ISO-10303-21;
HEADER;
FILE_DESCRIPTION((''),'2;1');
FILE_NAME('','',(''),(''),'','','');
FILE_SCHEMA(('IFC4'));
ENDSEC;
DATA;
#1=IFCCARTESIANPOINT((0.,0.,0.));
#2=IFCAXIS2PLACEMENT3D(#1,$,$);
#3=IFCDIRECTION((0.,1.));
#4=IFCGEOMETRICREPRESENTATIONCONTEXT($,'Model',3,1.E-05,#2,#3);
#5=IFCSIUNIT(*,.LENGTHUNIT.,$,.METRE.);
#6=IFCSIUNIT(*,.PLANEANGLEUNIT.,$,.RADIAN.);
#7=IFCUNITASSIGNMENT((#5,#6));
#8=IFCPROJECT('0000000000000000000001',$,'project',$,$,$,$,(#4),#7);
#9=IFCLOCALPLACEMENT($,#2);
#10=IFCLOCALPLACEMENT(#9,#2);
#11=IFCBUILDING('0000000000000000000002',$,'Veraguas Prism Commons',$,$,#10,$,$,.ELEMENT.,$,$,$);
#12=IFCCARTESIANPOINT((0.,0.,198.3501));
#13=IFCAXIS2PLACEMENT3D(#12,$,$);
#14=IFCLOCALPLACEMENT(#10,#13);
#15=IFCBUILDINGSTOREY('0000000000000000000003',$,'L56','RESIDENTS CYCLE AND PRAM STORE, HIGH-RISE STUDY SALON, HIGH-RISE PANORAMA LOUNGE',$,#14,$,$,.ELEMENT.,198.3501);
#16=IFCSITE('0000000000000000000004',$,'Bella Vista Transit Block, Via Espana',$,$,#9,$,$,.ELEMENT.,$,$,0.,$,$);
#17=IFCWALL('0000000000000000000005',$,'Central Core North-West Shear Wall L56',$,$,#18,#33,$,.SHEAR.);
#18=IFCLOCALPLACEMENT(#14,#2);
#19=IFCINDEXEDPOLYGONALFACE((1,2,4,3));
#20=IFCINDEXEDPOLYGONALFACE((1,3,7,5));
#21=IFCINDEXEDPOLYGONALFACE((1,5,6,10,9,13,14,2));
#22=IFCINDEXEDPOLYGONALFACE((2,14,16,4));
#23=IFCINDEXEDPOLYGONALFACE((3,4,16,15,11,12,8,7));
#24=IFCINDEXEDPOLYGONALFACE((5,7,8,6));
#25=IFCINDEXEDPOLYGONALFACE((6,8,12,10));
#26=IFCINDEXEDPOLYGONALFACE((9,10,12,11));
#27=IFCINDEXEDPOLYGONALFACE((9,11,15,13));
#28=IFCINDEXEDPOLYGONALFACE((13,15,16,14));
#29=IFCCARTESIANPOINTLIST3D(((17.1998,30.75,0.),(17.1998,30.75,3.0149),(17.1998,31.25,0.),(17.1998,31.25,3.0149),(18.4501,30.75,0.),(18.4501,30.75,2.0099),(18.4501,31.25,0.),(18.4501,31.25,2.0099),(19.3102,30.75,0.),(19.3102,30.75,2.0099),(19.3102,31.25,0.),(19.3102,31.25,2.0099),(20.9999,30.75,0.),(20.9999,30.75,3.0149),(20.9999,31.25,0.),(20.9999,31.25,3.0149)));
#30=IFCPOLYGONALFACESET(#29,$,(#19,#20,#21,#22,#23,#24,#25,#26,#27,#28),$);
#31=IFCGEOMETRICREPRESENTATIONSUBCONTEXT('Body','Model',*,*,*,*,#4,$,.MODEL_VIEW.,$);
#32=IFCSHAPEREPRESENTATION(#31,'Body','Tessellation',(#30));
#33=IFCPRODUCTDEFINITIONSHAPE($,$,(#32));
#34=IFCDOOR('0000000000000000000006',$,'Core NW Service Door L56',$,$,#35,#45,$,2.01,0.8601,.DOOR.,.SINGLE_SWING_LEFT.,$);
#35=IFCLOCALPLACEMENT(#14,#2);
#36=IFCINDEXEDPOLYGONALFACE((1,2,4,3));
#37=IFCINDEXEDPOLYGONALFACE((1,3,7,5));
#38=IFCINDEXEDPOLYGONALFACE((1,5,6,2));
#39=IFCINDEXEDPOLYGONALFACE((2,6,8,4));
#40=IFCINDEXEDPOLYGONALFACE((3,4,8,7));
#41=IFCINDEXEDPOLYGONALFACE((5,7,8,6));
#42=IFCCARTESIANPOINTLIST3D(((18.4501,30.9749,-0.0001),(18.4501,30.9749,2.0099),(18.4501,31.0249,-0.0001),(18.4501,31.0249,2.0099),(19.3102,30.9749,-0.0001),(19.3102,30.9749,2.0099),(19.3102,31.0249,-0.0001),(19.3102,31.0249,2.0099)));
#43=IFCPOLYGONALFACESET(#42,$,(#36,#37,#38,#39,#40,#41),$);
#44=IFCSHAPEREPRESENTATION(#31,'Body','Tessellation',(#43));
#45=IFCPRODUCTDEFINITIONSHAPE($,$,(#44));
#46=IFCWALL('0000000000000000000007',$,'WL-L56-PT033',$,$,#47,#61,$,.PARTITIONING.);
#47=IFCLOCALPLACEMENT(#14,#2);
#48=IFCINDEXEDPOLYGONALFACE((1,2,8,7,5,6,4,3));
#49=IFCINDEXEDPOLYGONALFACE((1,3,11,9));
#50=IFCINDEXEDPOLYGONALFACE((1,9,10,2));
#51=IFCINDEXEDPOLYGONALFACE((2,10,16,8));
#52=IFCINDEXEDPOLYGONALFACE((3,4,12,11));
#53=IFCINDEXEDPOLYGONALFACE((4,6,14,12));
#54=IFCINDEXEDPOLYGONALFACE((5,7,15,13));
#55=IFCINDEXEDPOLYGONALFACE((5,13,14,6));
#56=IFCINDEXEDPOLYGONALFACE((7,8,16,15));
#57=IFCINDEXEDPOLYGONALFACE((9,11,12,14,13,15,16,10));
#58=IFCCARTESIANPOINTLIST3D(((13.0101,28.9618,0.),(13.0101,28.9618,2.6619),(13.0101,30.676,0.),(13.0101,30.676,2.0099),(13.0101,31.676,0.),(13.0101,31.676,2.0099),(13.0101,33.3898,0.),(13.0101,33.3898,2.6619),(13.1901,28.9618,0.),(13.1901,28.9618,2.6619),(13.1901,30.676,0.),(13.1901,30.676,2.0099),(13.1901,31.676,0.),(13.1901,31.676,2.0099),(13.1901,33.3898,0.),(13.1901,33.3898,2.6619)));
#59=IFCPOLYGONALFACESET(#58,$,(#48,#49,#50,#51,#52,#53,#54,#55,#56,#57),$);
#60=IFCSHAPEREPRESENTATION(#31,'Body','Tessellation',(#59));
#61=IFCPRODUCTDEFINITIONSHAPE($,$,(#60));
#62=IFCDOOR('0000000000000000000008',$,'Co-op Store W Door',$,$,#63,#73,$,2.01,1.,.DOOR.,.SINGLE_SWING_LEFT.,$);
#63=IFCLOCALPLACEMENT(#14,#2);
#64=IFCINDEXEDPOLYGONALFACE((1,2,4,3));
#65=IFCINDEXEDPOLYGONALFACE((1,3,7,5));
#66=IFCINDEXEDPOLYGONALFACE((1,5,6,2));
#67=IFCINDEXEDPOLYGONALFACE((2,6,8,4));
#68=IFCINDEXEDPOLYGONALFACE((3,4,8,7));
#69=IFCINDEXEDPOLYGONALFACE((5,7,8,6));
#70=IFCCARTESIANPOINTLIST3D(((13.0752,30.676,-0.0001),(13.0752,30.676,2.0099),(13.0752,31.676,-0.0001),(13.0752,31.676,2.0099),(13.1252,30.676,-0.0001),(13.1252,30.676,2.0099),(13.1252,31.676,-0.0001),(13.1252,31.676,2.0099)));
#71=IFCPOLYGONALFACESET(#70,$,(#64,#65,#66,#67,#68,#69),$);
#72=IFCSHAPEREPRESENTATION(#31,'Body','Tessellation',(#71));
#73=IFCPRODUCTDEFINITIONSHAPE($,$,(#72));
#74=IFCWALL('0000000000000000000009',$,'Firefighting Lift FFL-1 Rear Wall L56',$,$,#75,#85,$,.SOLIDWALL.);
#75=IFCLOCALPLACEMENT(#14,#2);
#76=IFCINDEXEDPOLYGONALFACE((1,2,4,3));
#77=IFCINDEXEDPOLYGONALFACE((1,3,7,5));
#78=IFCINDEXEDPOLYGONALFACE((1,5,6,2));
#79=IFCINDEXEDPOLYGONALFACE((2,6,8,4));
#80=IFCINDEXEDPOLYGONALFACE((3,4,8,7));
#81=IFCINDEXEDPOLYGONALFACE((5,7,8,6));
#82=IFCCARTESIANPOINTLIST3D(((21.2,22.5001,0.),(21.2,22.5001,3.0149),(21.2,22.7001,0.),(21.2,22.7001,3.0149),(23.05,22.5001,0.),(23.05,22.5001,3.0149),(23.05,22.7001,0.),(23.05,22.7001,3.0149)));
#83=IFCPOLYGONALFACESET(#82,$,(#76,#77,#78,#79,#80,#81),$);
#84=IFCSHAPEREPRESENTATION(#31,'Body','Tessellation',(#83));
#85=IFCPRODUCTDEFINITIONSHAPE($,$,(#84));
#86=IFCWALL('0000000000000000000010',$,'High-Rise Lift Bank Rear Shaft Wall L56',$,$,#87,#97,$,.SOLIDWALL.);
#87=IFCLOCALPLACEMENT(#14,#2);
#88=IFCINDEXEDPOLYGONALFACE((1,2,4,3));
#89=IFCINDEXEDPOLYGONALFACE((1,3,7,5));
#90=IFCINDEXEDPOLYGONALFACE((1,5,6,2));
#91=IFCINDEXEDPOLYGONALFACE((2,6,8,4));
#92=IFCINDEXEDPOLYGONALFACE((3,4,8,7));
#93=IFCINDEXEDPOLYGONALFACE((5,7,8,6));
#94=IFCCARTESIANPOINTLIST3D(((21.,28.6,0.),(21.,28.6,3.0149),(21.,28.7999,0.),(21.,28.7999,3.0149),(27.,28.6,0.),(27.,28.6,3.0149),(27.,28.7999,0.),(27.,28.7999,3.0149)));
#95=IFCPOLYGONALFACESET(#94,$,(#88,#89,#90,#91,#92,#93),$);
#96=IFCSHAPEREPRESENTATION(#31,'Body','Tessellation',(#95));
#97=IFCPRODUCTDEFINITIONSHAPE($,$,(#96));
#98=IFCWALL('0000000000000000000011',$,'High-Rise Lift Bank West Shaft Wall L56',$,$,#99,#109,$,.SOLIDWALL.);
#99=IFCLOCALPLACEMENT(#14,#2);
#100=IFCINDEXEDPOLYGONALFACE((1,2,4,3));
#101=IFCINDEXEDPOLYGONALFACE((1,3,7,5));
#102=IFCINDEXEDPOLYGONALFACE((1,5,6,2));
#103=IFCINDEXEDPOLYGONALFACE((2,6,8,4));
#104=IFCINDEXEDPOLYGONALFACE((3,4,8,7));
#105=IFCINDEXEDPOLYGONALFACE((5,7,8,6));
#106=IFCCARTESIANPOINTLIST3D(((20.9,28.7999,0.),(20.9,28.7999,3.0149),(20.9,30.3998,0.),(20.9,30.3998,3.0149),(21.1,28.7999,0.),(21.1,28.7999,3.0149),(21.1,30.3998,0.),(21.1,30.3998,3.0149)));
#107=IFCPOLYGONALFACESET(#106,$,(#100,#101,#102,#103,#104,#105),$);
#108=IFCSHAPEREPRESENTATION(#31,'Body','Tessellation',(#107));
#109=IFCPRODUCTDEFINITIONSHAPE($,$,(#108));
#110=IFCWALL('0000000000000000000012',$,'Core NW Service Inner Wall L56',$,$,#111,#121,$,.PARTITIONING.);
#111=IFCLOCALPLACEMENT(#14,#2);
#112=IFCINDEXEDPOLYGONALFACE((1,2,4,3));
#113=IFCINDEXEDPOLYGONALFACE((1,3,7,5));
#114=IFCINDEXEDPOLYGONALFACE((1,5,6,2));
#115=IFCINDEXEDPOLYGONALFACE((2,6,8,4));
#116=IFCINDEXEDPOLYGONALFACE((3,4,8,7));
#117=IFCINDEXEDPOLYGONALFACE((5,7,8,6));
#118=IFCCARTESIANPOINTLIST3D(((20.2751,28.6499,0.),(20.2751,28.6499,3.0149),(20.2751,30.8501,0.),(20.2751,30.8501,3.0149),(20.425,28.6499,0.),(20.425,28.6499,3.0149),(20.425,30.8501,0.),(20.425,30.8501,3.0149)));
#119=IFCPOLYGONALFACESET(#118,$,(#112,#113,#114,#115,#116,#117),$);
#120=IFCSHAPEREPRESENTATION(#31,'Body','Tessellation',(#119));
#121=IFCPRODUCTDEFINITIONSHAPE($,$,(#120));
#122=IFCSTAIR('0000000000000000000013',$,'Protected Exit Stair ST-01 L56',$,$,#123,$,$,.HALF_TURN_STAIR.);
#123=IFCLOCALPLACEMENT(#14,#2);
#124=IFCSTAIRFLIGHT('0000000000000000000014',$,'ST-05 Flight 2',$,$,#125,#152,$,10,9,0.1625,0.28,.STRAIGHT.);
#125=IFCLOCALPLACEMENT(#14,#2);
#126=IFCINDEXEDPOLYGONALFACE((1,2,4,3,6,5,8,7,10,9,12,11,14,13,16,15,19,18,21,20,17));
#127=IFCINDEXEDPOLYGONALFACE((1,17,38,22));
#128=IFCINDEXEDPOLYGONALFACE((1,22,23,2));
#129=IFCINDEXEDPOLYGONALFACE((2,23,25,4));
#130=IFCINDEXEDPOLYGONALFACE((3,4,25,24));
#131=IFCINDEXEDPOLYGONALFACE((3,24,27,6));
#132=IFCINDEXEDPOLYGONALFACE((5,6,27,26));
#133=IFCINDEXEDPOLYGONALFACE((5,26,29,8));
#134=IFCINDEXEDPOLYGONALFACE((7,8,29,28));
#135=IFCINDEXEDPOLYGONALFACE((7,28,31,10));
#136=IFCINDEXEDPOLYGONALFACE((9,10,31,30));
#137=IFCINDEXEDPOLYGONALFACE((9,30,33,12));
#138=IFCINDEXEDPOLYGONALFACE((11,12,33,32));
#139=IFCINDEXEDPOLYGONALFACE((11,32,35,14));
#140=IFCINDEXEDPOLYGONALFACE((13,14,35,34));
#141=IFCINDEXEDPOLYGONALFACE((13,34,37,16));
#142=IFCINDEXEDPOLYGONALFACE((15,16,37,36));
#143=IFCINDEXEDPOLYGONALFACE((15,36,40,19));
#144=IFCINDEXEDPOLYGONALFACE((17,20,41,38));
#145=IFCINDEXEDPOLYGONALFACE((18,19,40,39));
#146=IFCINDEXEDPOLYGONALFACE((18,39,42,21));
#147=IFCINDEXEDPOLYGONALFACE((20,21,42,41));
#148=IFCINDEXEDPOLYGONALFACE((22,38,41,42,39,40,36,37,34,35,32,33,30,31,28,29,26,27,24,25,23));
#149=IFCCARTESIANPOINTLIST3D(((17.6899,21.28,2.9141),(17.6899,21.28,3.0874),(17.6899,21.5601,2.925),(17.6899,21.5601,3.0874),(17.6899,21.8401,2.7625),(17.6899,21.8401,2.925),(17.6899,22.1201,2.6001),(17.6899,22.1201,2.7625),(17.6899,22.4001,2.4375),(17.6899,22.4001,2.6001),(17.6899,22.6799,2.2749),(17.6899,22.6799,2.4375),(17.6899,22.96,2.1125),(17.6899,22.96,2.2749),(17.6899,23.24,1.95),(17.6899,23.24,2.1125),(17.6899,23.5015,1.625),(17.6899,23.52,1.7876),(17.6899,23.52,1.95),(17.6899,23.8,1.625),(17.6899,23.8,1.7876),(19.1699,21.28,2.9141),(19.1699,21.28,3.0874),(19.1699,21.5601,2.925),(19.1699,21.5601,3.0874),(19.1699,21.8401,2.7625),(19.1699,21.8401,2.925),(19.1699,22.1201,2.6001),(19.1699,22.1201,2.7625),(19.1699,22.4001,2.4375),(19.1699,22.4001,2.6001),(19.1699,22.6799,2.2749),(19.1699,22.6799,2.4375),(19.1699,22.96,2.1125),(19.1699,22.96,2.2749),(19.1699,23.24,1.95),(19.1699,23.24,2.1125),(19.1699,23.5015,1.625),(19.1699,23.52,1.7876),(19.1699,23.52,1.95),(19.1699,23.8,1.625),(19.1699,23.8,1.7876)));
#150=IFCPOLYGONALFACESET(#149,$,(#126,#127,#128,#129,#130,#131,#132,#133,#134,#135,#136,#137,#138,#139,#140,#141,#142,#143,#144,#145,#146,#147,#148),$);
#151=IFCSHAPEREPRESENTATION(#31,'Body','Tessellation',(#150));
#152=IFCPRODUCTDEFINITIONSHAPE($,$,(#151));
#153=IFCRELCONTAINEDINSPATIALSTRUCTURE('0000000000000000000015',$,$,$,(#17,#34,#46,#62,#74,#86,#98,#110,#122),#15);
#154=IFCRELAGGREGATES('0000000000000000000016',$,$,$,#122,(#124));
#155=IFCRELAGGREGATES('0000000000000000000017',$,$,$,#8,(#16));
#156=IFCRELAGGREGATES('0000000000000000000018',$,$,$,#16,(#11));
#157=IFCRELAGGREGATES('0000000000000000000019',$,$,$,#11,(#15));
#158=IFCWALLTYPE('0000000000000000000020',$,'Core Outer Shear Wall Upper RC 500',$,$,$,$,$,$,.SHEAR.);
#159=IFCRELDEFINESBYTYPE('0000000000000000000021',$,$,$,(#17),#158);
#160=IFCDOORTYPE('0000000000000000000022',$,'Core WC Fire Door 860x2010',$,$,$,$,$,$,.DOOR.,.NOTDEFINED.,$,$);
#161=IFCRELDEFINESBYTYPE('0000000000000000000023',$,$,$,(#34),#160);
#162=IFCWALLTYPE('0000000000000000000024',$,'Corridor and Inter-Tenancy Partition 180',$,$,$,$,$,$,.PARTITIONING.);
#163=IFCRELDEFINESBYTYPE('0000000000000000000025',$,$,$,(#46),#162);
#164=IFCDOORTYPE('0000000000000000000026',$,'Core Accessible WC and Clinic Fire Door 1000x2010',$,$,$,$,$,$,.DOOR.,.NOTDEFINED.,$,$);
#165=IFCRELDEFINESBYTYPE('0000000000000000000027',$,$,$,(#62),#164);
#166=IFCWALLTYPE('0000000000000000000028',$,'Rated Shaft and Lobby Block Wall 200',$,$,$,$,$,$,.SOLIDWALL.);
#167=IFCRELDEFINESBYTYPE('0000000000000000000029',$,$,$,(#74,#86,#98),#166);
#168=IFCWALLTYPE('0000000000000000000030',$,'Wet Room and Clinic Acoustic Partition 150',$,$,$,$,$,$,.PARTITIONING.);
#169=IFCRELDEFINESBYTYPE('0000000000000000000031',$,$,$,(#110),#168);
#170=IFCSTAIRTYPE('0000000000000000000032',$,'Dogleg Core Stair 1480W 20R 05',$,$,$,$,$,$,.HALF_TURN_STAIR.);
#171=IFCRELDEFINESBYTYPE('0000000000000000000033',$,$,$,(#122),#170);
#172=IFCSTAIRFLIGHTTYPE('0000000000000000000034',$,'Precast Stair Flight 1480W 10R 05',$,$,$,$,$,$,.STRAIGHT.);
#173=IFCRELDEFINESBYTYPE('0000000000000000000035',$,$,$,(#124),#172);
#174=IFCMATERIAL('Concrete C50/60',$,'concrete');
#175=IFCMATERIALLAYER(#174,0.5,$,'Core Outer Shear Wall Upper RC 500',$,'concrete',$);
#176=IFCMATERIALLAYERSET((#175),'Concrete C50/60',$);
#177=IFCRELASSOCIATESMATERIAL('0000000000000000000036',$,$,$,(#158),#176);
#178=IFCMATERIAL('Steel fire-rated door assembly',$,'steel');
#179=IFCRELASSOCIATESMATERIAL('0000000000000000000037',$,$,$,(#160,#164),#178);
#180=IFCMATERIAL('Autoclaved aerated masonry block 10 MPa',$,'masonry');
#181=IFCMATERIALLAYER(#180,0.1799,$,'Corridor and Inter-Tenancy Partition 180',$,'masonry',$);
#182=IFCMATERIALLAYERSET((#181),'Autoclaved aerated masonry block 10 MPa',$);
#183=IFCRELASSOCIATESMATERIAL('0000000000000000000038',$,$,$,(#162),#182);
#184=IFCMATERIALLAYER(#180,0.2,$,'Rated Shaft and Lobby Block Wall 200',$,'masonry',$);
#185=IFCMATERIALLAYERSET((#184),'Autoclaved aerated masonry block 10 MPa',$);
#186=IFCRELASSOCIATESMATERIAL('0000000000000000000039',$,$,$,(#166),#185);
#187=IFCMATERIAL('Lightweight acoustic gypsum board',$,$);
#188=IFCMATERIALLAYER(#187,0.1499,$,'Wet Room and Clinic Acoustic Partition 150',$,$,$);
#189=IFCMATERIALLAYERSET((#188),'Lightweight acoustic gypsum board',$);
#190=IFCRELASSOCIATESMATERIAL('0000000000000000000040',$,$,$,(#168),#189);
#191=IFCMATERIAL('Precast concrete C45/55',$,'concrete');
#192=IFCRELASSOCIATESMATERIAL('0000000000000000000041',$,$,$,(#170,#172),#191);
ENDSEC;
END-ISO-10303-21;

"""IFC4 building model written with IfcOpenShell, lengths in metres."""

from ifc_helpers import new_model, si_unit, direction, frame, frame_2d, origin, place, context, subcontext, project, spatial, polyline, rectangle, outline, extrude, source, transform, mapped, material, layer, layer_set, type_object, element, fill, aggregate, save


model = new_model("IFC4")

# Units and contexts
model_context = context("Model", 3, precision=1e-05, world=origin(), true_north=direction((0.0, 1.0)))
body_context = subcontext(model_context, "Body", "Model", "MODEL_VIEW")
ifc_project = project(units=[si_unit("LENGTHUNIT", "METRE"), si_unit("PLANEANGLEUNIT", "RADIAN")], contexts=[model_context])

# Site, building, storey
site_placement = place(None, origin())
site = spatial("IfcSite", under=ifc_project, at=site_placement, Name="Bella Vista Transit Block, Via Espana", CompositionType="ELEMENT", RefElevation=0.0)
building_placement = place(site_placement, origin())
building = spatial("IfcBuilding", under=site, at=building_placement, Name="Veraguas Prism Commons", CompositionType="ELEMENT")
storey_placement = place(building_placement, frame((0.0, 0.0, 198.3501)))
storey = spatial("IfcBuildingStorey", under=building, at=storey_placement, Name="L56", Description="RESIDENTS CYCLE AND PRAM STORE, HIGH-RISE STUDY SALON, HIGH-RISE PANORAMA LOUNGE", CompositionType="ELEMENT", Elevation=198.3501)

# Shared definitions
ifc_material_1 = material(Name="Concrete C50/60", Category="concrete")

# Walls, openings, doors
ifc_layer_1 = layer(ifc_material_1, 0.5, Name="Core Outer Shear Wall Upper RC 500", Category="concrete")
ifc_layer_set_1 = layer_set([ifc_layer_1], Name="Concrete C50/60")
wall_type_1 = type_object("IfcWallType", Name="Core Outer Shear Wall Upper RC 500", PredefinedType="SHEAR", material=ifc_layer_set_1)
wall_1_placement = place(storey_placement, frame((17.2, 31.0, 0.0), z_axis=(0.0, 0.0, 1.0), x_axis=(1.0, 0.0, 0.0)))
wall_1 = element("IfcWall", 1, at=wall_1_placement, inside=storey, type_object=wall_type_1, Name="Central Core North-West Shear Wall L56", PredefinedType="SHEAR", context=body_context, shape_type="SweptSolid", body=[
    extrude(rectangle(XDim=3.8, YDim=0.5, at=frame_2d((1.8999, 0.0))), origin(), (0.0, 0.0, 1.0), 3.0149),
])
opening_1_placement = place(wall_1_placement, frame((1.25, 0.0, 0.0)))
opening_1 = element("IfcOpeningElement", 2, at=opening_1_placement, cuts=wall_1, PredefinedType="OPENING", context=body_context, shape_type="SweptSolid", body=[
    extrude(rectangle(XDim=0.8601, YDim=2.01, at=frame_2d((0.4302, 1.0049))), frame((0.0, 0.26, 0.0), z_axis=(0.0, -1.0, 0.0), x_axis=(1.0, 0.0, 0.0)), (0.0, 0.0, 1.0), 0.52),
])
ifc_material_2 = material(Name="Steel fire-rated door assembly", Category="steel")
door_type_1 = type_object("IfcDoorType", Name="Core WC Fire Door 860x2010", OperationType="NOTDEFINED", PredefinedType="DOOR", material=ifc_material_2)
shared_shape_1 = source(origin(), body_context, "Body", "SweptSolid", [
    extrude(rectangle(XDim=0.8601, YDim=2.01, at=frame_2d((0.4302, 1.0049))), frame((0.0, 0.0249, 0.0), z_axis=(0.0, -1.0, 0.0), x_axis=(1.0, 0.0, 0.0)), (0.0, 0.0, 1.0), 0.05),
])
door_1_placement = place(opening_1_placement, origin())
door_1 = element("IfcDoor", 3, at=door_1_placement, inside=storey, type_object=door_type_1, Name="Core NW Service Door L56", OperationType="SINGLE_SWING_LEFT", OverallHeight=2.01, OverallWidth=0.8601, PredefinedType="DOOR", context=body_context, shape_type="MappedRepresentation", body=[
    mapped(shared_shape_1, transform((0.0, 0.0, 0.0), scale=1.0)),
])
fill(opening_1, door_1)
ifc_material_3 = material(Name="Autoclaved aerated masonry block 10 MPa", Category="masonry")
ifc_layer_2 = layer(ifc_material_3, 0.1799, Name="Corridor and Inter-Tenancy Partition 180", Category="masonry")
ifc_layer_set_2 = layer_set([ifc_layer_2], Name="Autoclaved aerated masonry block 10 MPa")
wall_type_2 = type_object("IfcWallType", Name="Corridor and Inter-Tenancy Partition 180", PredefinedType="PARTITIONING", material=ifc_layer_set_2)
wall_2_placement = place(storey_placement, frame((13.1001, 28.9619, 0.0), z_axis=(0.0, 0.0, 1.0), x_axis=(0.0, 1.0, 0.0)))
wall_2 = element("IfcWall", 4, at=wall_2_placement, inside=storey, type_object=wall_type_2, Name="WL-L56-PT033", PredefinedType="PARTITIONING", context=body_context, shape_type="SweptSolid", body=[
    extrude(rectangle(XDim=4.428, YDim=0.1799, at=frame_2d((2.2139, 0.0))), origin(), (0.0, 0.0, 1.0), 2.6619),
])
opening_2_placement = place(wall_2_placement, frame((1.7141, 0.0, 0.0)))
opening_2 = element("IfcOpeningElement", 5, at=opening_2_placement, cuts=wall_2, PredefinedType="OPENING", context=body_context, shape_type="SweptSolid", body=[
    extrude(rectangle(XDim=1.0, YDim=2.01, at=frame_2d((0.5, 1.0049))), frame((0.0, 0.0999, 0.0), z_axis=(0.0, -1.0, 0.0), x_axis=(1.0, 0.0, 0.0)), (0.0, 0.0, 1.0), 0.2),
])
door_type_2 = type_object("IfcDoorType", Name="Core Accessible WC and Clinic Fire Door 1000x2010", OperationType="NOTDEFINED", PredefinedType="DOOR", material=ifc_material_2)
shared_shape_2 = source(origin(), body_context, "Body", "SweptSolid", [
    extrude(rectangle(XDim=1.0, YDim=2.01, at=frame_2d((0.5, 1.0049))), frame((0.0, 0.0249, 0.0), z_axis=(0.0, -1.0, 0.0), x_axis=(1.0, 0.0, 0.0)), (0.0, 0.0, 1.0), 0.05),
])
door_2_placement = place(opening_2_placement, origin())
door_2 = element("IfcDoor", 6, at=door_2_placement, inside=storey, type_object=door_type_2, Name="Co-op Store W Door", OperationType="SINGLE_SWING_LEFT", OverallHeight=2.01, OverallWidth=1.0, PredefinedType="DOOR", context=body_context, shape_type="MappedRepresentation", body=[
    mapped(shared_shape_2, transform((0.0, 0.0, 0.0), scale=1.0)),
])
fill(opening_2, door_2)

# Walls
ifc_layer_3 = layer(ifc_material_3, 0.2, Name="Rated Shaft and Lobby Block Wall 200", Category="masonry")
ifc_layer_set_3 = layer_set([ifc_layer_3], Name="Autoclaved aerated masonry block 10 MPa")
wall_type_3 = type_object("IfcWallType", Name="Rated Shaft and Lobby Block Wall 200", PredefinedType="SOLIDWALL", material=ifc_layer_set_3)
wall_3_placement = place(storey_placement, frame((21.2, 22.6001, 0.0), z_axis=(0.0, 0.0, 1.0), x_axis=(1.0, 0.0, 0.0)))
element("IfcWall", 7, at=wall_3_placement, inside=storey, type_object=wall_type_3, Name="Firefighting Lift FFL-1 Rear Wall L56", PredefinedType="SOLIDWALL", context=body_context, shape_type="SweptSolid", body=[
    extrude(rectangle(XDim=1.8501, YDim=0.2, at=frame_2d((0.925, 0.0))), origin(), (0.0, 0.0, 1.0), 3.0149),
])
wall_4_placement = place(storey_placement, frame((21.0, 28.7, 0.0), z_axis=(0.0, 0.0, 1.0), x_axis=(1.0, 0.0, 0.0)))
element("IfcWall", 8, at=wall_4_placement, inside=storey, type_object=wall_type_3, Name="High-Rise Lift Bank Rear Shaft Wall L56", PredefinedType="SOLIDWALL", context=body_context, shape_type="SweptSolid", body=[
    extrude(rectangle(XDim=6.0, YDim=0.2, at=frame_2d((3.0, 0.0))), origin(), (0.0, 0.0, 1.0), 3.0149),
])
wall_5_placement = place(storey_placement, frame((21.0, 28.8, 0.0), z_axis=(0.0, 0.0, 1.0), x_axis=(0.0, 1.0, 0.0)))
element("IfcWall", 9, at=wall_5_placement, inside=storey, type_object=wall_type_3, Name="High-Rise Lift Bank West Shaft Wall L56", PredefinedType="SOLIDWALL", context=body_context, shape_type="SweptSolid", body=[
    extrude(rectangle(XDim=1.5999, YDim=0.2, at=frame_2d((0.7998, 0.0))), origin(), (0.0, 0.0, 1.0), 3.0149),
])
ifc_material_4 = material(Name="Lightweight acoustic gypsum board")
ifc_layer_4 = layer(ifc_material_4, 0.1499, Name="Wet Room and Clinic Acoustic Partition 150")
ifc_layer_set_4 = layer_set([ifc_layer_4], Name="Lightweight acoustic gypsum board")
wall_type_4 = type_object("IfcWallType", Name="Wet Room and Clinic Acoustic Partition 150", PredefinedType="PARTITIONING", material=ifc_layer_set_4)
wall_6_placement = place(storey_placement, frame((20.3501, 28.6499, 0.0), z_axis=(0.0, 0.0, 1.0), x_axis=(0.0, 1.0, 0.0)))
element("IfcWall", 10, at=wall_6_placement, inside=storey, type_object=wall_type_4, Name="Core NW Service Inner Wall L56", PredefinedType="PARTITIONING", context=body_context, shape_type="SweptSolid", body=[
    extrude(rectangle(XDim=2.2002, YDim=0.1499, at=frame_2d((1.1001, 0.0))), origin(), (0.0, 0.0, 1.0), 3.0149),
])

# Stair, stair flight
ifc_material_5 = material(Name="Precast concrete C45/55", Category="concrete")
stair_type = type_object("IfcStairType", Name="Dogleg Core Stair 1480W 20R 05", PredefinedType="HALF_TURN_STAIR", material=ifc_material_5)
stair_placement = place(storey_placement, origin())
stair = element("IfcStair", 11, at=stair_placement, inside=storey, type_object=stair_type, Name="Protected Exit Stair ST-01 L56", PredefinedType="HALF_TURN_STAIR")
stair_flight_type = type_object("IfcStairFlightType", Name="Precast Stair Flight 1480W 10R 05", PredefinedType="STRAIGHT", material=ifc_material_5)
stair_flight_placement = place(storey_placement, frame((18.4299, 23.8, 1.625), z_axis=(0.0, 0.0, 1.0), x_axis=(0.0, -1.0, 0.0)))
stair_flight = element("IfcStairFlight", 12, at=stair_flight_placement, type_object=stair_flight_type, Name="ST-05 Flight 2", NumberOfRisers=10, NumberOfTreads=9, PredefinedType="STRAIGHT", RiserHeight=0.1625, TreadLength=0.28, context=body_context, shape_type="SweptSolid", body=[
    extrude(outline(polyline([(0.0, 0.0), (0.0, 0.1626), (0.28, 0.1626), (0.28, 0.325), (0.5601, 0.325), (0.5601, 0.4875), (0.8401, 0.4875), (0.8401, 0.6499), (1.1201, 0.6499), (1.1201, 0.8125), (1.3999, 0.8125), (1.3999, 0.9751), (1.6799, 0.9751), (1.6799, 1.1375), (1.96, 1.1375), (1.96, 1.3), (2.24, 1.3), (2.24, 1.4624), (2.52, 1.4624), (2.52, 1.625), (2.52, 1.2891), (0.2986, 0.0), (0.0, 0.0)])), frame((0.0, 0.74, 0.0), z_axis=(0.0, -1.0, 0.0), x_axis=(1.0, 0.0, 0.0)), (0.0, 0.0, 1.0), 1.48),
])
aggregate(stair, [stair_flight])

save(model, "model.ifc")
